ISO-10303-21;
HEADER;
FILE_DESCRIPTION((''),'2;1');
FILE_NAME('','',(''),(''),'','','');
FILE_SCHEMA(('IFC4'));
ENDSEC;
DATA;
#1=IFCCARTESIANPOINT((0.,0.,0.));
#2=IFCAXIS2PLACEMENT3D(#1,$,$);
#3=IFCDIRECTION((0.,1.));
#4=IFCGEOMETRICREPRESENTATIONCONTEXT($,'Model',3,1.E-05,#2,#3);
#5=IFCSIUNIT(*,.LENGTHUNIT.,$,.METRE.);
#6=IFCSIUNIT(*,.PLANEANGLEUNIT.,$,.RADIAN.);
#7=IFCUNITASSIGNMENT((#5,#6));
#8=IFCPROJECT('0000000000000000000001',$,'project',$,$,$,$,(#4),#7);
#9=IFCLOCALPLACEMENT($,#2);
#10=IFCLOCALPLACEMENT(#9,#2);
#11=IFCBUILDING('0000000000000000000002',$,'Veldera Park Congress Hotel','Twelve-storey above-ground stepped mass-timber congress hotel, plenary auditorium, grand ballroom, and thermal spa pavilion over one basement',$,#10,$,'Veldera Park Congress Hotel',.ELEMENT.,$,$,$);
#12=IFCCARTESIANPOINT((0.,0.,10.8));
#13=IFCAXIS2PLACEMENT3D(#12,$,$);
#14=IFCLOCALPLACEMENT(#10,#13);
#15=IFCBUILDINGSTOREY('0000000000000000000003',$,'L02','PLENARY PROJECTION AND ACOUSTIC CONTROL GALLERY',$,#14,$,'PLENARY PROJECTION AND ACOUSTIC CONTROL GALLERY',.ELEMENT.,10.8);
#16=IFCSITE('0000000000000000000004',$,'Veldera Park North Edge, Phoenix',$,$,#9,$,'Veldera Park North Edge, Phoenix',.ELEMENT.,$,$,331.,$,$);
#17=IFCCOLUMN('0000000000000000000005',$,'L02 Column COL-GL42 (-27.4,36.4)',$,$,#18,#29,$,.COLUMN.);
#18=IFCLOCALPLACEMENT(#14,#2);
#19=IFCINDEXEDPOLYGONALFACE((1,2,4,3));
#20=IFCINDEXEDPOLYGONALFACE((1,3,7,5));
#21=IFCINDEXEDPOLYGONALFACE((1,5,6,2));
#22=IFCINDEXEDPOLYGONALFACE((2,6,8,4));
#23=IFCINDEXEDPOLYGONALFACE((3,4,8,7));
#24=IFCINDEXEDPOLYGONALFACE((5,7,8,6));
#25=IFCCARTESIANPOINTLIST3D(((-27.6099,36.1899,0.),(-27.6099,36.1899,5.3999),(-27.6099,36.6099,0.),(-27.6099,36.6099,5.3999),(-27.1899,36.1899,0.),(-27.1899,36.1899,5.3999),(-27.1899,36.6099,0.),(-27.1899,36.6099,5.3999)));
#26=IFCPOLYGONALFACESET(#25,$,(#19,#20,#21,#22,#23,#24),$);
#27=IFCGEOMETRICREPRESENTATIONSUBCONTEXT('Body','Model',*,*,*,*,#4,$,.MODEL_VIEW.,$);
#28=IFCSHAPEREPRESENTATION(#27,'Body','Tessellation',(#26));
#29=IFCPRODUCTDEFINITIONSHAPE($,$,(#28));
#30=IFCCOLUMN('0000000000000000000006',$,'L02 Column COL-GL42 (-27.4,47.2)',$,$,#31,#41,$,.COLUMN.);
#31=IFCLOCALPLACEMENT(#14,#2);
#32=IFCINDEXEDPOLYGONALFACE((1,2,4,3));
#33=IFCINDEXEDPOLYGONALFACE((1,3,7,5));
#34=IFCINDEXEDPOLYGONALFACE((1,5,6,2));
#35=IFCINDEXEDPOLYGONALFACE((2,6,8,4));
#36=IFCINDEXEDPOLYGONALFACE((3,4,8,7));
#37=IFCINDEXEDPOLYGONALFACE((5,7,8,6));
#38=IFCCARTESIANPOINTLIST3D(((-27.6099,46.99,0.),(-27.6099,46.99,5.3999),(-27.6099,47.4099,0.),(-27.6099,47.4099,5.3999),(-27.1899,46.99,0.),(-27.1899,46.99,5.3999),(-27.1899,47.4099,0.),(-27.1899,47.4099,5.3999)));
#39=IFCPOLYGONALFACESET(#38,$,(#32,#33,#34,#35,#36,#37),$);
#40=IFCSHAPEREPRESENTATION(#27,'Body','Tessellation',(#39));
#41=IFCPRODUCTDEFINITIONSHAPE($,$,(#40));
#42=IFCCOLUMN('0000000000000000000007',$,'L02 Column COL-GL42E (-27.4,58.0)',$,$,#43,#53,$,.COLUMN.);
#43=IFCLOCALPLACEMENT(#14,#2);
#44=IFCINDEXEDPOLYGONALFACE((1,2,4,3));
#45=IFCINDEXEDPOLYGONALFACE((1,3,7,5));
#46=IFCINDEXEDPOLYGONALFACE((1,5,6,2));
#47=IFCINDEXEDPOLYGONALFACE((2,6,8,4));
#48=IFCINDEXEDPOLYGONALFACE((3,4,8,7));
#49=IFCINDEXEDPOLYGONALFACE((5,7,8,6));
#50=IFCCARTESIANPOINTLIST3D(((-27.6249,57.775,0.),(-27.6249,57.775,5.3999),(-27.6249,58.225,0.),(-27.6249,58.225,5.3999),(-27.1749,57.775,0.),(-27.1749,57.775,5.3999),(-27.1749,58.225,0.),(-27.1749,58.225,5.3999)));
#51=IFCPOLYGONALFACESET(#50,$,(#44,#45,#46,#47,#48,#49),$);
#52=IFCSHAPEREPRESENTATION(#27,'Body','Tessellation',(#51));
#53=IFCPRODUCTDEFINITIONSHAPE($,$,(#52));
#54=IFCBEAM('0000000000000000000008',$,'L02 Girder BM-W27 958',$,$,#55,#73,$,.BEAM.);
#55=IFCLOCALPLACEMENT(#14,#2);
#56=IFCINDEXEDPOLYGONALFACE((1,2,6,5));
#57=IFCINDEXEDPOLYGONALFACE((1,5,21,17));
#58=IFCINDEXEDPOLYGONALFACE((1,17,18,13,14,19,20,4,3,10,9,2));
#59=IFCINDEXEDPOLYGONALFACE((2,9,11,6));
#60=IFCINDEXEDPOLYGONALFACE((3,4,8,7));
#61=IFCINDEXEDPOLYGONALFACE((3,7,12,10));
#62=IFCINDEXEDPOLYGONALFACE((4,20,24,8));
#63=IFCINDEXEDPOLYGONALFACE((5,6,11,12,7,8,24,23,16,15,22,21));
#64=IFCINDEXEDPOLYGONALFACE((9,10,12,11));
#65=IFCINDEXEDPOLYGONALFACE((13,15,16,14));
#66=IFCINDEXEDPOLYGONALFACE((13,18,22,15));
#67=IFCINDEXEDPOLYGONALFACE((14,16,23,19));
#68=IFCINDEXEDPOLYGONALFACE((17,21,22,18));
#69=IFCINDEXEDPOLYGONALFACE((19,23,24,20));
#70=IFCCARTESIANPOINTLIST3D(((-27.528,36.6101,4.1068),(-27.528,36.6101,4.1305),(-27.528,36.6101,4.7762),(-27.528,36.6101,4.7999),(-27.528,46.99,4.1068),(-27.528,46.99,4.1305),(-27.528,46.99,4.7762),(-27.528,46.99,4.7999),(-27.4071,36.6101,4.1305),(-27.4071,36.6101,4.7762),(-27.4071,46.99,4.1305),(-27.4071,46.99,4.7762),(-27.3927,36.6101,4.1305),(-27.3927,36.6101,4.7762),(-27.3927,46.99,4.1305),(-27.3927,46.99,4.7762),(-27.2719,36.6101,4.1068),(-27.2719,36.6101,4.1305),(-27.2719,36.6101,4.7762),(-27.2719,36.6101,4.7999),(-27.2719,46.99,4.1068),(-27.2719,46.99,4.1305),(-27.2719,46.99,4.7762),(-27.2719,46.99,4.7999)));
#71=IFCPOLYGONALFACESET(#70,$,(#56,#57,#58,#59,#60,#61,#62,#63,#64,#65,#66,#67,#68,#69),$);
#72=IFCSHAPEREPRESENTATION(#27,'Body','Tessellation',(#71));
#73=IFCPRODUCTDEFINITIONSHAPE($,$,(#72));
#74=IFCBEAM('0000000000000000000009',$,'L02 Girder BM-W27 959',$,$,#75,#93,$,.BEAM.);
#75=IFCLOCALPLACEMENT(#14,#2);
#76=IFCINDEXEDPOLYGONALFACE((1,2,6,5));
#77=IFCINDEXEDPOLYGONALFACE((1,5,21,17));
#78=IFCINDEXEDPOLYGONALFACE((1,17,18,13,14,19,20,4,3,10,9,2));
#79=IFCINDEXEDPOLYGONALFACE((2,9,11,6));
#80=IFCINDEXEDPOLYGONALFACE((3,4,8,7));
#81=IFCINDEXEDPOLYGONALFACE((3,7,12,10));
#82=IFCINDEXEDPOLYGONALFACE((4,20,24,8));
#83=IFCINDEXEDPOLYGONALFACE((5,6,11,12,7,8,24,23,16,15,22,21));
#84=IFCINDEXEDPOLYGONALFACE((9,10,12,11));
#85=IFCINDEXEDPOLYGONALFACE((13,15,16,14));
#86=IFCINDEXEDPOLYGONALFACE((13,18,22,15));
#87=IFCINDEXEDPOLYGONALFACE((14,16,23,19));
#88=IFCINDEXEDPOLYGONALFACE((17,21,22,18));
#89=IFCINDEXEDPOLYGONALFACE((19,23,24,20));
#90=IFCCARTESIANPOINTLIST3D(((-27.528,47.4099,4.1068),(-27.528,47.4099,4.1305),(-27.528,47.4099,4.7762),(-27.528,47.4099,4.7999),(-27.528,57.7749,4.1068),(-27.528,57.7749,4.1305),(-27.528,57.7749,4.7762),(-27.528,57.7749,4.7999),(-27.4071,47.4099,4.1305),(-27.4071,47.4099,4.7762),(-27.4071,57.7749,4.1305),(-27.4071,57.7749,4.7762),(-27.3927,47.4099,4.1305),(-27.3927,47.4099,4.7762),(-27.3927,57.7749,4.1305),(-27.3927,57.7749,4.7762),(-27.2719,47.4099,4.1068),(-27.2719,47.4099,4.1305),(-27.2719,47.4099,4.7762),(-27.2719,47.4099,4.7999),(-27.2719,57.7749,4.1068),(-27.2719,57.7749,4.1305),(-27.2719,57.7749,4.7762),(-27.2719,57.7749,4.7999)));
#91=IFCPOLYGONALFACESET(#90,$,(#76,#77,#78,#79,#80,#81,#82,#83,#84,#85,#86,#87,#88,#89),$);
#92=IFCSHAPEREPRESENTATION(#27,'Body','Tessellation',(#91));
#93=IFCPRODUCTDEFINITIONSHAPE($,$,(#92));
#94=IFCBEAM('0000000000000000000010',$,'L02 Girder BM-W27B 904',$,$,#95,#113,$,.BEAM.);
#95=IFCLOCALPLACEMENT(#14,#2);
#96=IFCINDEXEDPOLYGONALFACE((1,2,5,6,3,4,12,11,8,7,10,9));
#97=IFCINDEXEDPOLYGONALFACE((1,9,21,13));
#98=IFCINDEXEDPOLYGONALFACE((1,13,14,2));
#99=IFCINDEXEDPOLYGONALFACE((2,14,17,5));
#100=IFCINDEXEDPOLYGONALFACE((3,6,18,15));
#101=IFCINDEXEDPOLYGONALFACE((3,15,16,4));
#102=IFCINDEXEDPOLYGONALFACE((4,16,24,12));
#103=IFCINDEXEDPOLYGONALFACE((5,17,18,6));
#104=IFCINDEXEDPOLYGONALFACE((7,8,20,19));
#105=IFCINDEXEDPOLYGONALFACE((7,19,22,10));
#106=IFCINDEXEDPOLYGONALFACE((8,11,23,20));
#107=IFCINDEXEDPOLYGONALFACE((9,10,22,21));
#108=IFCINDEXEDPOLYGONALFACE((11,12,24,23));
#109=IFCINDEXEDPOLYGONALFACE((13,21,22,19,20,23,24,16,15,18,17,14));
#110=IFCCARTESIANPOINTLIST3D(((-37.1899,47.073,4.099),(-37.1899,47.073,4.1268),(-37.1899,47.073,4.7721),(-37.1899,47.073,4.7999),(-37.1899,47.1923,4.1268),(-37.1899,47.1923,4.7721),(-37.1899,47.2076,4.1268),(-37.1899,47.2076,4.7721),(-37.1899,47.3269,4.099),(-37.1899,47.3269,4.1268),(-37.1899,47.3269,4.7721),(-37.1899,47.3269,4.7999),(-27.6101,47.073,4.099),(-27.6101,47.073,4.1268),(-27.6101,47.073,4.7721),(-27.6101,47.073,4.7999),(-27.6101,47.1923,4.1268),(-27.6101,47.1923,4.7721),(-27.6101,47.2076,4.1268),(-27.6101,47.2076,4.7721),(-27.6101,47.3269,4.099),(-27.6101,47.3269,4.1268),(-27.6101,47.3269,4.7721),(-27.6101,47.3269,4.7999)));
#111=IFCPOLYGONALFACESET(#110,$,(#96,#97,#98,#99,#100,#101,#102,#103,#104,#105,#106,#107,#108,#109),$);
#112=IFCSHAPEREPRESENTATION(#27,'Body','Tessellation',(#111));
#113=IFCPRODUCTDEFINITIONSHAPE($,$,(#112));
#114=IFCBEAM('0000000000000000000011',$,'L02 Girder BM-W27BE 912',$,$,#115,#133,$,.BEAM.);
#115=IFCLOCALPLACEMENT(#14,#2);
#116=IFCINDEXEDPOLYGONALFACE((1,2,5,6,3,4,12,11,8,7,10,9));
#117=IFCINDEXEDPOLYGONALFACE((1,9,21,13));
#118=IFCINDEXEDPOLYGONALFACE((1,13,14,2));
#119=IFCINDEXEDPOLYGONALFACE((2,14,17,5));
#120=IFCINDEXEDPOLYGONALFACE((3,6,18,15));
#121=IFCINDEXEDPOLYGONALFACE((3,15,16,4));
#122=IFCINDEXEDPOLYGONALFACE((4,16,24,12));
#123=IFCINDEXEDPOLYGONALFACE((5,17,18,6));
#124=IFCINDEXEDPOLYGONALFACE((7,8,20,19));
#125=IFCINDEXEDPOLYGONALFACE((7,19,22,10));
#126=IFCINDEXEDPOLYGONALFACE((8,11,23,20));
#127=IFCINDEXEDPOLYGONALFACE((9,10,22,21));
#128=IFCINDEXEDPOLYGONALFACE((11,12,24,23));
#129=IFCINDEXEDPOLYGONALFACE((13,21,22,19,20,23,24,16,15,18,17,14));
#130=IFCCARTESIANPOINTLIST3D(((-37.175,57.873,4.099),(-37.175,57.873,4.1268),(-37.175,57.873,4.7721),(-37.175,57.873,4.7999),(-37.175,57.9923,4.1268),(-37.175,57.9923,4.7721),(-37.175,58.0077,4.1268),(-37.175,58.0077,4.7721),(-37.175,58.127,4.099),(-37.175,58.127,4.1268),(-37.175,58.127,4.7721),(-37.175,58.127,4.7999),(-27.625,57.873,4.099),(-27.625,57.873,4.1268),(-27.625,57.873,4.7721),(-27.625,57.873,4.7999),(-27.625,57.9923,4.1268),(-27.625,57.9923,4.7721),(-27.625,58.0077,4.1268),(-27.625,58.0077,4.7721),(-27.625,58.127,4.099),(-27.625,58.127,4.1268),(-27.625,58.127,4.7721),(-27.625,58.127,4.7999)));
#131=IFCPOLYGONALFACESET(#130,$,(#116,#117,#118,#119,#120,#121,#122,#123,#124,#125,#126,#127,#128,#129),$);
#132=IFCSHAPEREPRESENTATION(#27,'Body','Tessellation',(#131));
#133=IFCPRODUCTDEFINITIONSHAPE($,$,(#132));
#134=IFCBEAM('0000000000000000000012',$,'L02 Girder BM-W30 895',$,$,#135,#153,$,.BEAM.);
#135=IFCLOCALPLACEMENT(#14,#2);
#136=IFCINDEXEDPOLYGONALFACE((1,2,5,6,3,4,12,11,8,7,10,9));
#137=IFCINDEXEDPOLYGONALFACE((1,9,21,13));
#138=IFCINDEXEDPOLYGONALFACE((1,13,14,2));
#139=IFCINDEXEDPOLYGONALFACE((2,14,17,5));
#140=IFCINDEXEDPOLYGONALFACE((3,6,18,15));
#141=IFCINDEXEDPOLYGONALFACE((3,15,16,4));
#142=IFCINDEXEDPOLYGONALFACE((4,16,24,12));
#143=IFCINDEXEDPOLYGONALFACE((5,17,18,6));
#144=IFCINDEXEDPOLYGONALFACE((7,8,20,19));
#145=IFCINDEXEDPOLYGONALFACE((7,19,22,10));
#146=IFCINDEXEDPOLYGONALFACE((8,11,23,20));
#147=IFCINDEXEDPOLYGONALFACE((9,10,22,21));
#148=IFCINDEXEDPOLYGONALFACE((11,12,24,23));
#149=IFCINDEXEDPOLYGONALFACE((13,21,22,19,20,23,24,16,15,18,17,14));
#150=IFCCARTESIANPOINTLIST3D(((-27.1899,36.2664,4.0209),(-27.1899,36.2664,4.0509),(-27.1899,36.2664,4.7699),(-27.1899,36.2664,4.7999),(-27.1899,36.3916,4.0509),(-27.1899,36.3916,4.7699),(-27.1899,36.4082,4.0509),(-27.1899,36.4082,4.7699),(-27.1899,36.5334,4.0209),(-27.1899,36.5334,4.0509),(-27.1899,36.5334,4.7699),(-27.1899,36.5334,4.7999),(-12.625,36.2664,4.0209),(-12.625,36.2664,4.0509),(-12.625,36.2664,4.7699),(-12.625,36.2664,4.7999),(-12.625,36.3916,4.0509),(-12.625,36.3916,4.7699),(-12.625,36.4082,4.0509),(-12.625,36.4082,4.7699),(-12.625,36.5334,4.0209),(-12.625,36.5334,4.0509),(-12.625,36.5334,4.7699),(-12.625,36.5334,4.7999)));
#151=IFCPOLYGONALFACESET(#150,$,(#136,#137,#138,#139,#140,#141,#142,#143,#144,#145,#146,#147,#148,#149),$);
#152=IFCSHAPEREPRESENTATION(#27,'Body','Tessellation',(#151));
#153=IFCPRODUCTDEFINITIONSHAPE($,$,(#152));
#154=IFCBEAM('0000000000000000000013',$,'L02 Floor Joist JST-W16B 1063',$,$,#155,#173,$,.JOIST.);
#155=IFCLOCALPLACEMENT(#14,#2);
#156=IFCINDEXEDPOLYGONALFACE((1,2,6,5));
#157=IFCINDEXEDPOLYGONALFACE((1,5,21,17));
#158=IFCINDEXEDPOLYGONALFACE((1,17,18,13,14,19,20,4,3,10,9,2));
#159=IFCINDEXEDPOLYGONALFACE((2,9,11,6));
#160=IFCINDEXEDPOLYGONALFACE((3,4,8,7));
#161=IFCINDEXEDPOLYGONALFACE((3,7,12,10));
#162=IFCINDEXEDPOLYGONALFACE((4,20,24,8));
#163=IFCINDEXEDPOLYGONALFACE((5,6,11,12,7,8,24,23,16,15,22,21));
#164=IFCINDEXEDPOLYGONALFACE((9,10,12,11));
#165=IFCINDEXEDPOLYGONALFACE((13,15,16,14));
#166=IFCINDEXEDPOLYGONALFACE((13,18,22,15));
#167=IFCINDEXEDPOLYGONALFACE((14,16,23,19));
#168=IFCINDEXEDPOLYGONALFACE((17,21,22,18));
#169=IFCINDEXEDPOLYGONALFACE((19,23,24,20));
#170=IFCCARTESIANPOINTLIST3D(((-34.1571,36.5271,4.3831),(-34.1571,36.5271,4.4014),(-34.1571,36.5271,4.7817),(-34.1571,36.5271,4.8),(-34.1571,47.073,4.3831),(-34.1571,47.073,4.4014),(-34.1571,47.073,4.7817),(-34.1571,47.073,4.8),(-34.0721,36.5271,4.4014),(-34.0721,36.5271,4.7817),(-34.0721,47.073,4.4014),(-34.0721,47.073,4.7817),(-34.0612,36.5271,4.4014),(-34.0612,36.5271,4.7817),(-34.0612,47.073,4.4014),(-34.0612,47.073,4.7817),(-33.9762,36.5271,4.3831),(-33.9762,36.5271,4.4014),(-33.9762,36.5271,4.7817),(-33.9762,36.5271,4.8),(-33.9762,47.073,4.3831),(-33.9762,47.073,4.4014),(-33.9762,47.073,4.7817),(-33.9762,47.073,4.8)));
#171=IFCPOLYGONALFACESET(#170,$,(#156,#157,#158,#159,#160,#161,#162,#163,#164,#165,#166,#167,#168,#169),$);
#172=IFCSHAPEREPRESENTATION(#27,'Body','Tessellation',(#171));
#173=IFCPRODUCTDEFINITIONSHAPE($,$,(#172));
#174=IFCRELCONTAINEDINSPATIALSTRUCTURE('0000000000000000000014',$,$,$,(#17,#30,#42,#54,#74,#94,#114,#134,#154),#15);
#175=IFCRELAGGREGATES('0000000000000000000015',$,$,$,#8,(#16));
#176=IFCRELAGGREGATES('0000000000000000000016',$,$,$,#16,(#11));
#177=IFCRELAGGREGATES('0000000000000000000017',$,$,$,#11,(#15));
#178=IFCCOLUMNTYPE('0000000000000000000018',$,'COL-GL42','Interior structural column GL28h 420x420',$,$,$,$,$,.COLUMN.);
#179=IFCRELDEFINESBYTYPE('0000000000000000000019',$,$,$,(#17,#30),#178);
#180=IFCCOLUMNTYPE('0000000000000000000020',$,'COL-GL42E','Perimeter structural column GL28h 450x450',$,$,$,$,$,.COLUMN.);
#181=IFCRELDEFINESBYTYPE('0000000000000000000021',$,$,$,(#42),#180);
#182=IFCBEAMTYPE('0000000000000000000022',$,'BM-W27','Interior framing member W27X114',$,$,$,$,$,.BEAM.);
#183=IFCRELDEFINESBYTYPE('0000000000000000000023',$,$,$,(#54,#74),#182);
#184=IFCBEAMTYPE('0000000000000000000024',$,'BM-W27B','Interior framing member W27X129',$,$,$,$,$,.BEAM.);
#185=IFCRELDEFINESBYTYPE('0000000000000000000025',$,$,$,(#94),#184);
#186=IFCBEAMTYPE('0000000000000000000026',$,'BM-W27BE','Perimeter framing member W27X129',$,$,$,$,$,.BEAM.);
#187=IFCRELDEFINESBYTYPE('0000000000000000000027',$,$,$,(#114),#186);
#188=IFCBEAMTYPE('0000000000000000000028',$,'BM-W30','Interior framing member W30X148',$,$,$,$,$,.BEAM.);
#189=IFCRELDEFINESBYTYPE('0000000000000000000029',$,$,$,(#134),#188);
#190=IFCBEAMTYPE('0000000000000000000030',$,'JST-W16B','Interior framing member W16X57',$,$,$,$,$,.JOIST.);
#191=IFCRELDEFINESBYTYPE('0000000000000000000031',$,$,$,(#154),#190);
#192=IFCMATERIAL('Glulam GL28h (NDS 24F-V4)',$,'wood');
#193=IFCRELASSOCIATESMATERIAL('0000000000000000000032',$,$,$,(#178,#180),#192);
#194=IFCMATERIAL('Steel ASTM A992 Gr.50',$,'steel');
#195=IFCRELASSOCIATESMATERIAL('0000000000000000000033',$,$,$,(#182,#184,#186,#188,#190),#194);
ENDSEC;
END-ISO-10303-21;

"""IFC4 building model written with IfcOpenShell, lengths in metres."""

from ifc_helpers import new_model, si_unit, direction, frame, origin, origin_2d, place, context, subcontext, project, spatial, rectangle, i_section, extrude, material, material_profile, profile_set, type_object, element, save


model = new_model("IFC4")

# Units and contexts
model_context = context("Model", 3, precision=1e-05, world=origin(), true_north=direction((0.0, 1.0)))
body_context = subcontext(model_context, "Body", "Model", "MODEL_VIEW")
ifc_project = project(units=[si_unit("LENGTHUNIT", "METRE"), si_unit("PLANEANGLEUNIT", "RADIAN")], contexts=[model_context])

# Site, building, storey
site_placement = place(None, origin())
site = spatial("IfcSite", under=ifc_project, at=site_placement, Name="Veldera Park North Edge, Phoenix", LongName="Veldera Park North Edge, Phoenix", CompositionType="ELEMENT", RefElevation=331.0)
building_placement = place(site_placement, origin())
building = spatial("IfcBuilding", under=site, at=building_placement, Name="Veldera Park Congress Hotel", Description="Twelve-storey above-ground stepped mass-timber congress hotel, plenary auditorium, grand ballroom, and thermal spa pavilion over one basement", LongName="Veldera Park Congress Hotel", CompositionType="ELEMENT")
storey_placement = place(building_placement, frame((0.0, 0.0, 10.8)))
storey = spatial("IfcBuildingStorey", under=building, at=storey_placement, Name="L02", Description="PLENARY PROJECTION AND ACOUSTIC CONTROL GALLERY", LongName="PLENARY PROJECTION AND ACOUSTIC CONTROL GALLERY", CompositionType="ELEMENT", Elevation=10.8)

# Columns
ifc_material_1 = material(Name="Glulam GL28h (NDS 24F-V4)", Category="wood")
ifc_material_profile_1 = material_profile(ifc_material_1, rectangle(XDim=0.4199, YDim=0.4199, at=origin_2d()), Name="GL28h 420x420")
ifc_profile_set_1 = profile_set([ifc_material_profile_1], Name="Glulam GL28h (NDS 24F-V4)")
column_type_1 = type_object("IfcColumnType", Name="COL-GL42", Description="Interior structural column GL28h 420x420", PredefinedType="COLUMN", material=ifc_profile_set_1)
for number, where, z_axis, x_axis, name in (
    (1, (-27.3999, 36.3999, 0.0), (0.0, 0.0, 1.0), (1.0, 0.0, 0.0), "L02 Column COL-GL42 (-27.4,36.4)"),
    (2, (-27.3999, 47.2, 0.0), (0.0, 0.0, 1.0), (1.0, 0.0, 0.0), "L02 Column COL-GL42 (-27.4,47.2)"),
):
    element("IfcColumn", number, at=place(storey_placement, frame(where, z_axis=z_axis, x_axis=x_axis)), inside=storey, type_object=column_type_1, Name=name, PredefinedType="COLUMN", context=body_context, shape_type="SweptSolid", body=[
        extrude(rectangle(XDim=0.4199, YDim=0.4199, at=origin_2d()), origin(), (0.0, 0.0, 1.0), 5.3999),
    ])
ifc_material_profile_2 = material_profile(ifc_material_1, rectangle(XDim=0.45, YDim=0.45, at=origin_2d()), Name="GL28h 450x450")
ifc_profile_set_2 = profile_set([ifc_material_profile_2], Name="Glulam GL28h (NDS 24F-V4)")
column_type_2 = type_object("IfcColumnType", Name="COL-GL42E", Description="Perimeter structural column GL28h 450x450", PredefinedType="COLUMN", material=ifc_profile_set_2)
column_placement = place(storey_placement, frame((-27.3999, 58.0, 0.0), z_axis=(0.0, 0.0, 1.0), x_axis=(1.0, 0.0, 0.0)))
element("IfcColumn", 3, at=column_placement, inside=storey, type_object=column_type_2, Name="L02 Column COL-GL42E (-27.4,58.0)", PredefinedType="COLUMN", context=body_context, shape_type="SweptSolid", body=[
    extrude(rectangle(XDim=0.45, YDim=0.45, at=origin_2d()), origin(), (0.0, 0.0, 1.0), 5.3999),
])

# Beams
ifc_material_2 = material(Name="Steel ASTM A992 Gr.50", Category="steel")
ifc_material_profile_3 = material_profile(ifc_material_2, i_section(OverallWidth=0.2561, OverallDepth=0.6931, WebThickness=0.0144, FlangeThickness=0.0237, at=origin_2d()), Name="W27X114")
ifc_profile_set_3 = profile_set([ifc_material_profile_3], Name="Steel ASTM A992 Gr.50")
beam_type_1 = type_object("IfcBeamType", Name="BM-W27", Description="Interior framing member W27X114", PredefinedType="BEAM", material=ifc_profile_set_3)
beam_1_placement = place(storey_placement, frame((-27.3999, 36.6101, 4.4534), z_axis=(0.0, 1.0, 0.0), x_axis=(-1.0, 0.0, 0.0)))
element("IfcBeam", 4, at=beam_1_placement, inside=storey, type_object=beam_type_1, Name="L02 Girder BM-W27 958", PredefinedType="BEAM", context=body_context, shape_type="SweptSolid", body=[
    extrude(i_section(OverallWidth=0.2561, OverallDepth=0.6931, WebThickness=0.0144, FlangeThickness=0.0237, at=origin_2d()), origin(), (0.0, 0.0, 1.0), 10.3799),
])
beam_2_placement = place(storey_placement, frame((-27.3999, 47.4099, 4.4534), z_axis=(0.0, 1.0, 0.0), x_axis=(-1.0, 0.0, 0.0)))
element("IfcBeam", 5, at=beam_2_placement, inside=storey, type_object=beam_type_1, Name="L02 Girder BM-W27 959", PredefinedType="BEAM", context=body_context, shape_type="SweptSolid", body=[
    extrude(i_section(OverallWidth=0.2561, OverallDepth=0.6931, WebThickness=0.0144, FlangeThickness=0.0237, at=origin_2d()), origin(), (0.0, 0.0, 1.0), 10.365),
])
ifc_material_profile_4 = material_profile(ifc_material_2, i_section(OverallWidth=0.2539, OverallDepth=0.7009, WebThickness=0.0154, FlangeThickness=0.0278, at=origin_2d()), Name="W27X129")
ifc_profile_set_4 = profile_set([ifc_material_profile_4], Name="Steel ASTM A992 Gr.50")
beam_type_2 = type_object("IfcBeamType", Name="BM-W27B", Description="Interior framing member W27X129", PredefinedType="BEAM", material=ifc_profile_set_4)
beam_3_placement = place(storey_placement, frame((-37.1899, 47.2, 4.4495), z_axis=(1.0, 0.0, 0.0), x_axis=(0.0, 1.0, 0.0)))
element("IfcBeam", 6, at=beam_3_placement, inside=storey, type_object=beam_type_2, Name="L02 Girder BM-W27B 904", PredefinedType="BEAM", context=body_context, shape_type="SweptSolid", body=[
    extrude(i_section(OverallWidth=0.2539, OverallDepth=0.7009, WebThickness=0.0154, FlangeThickness=0.0278, at=origin_2d()), origin(), (0.0, 0.0, 1.0), 9.5798),
])
ifc_material_profile_5 = material_profile(ifc_material_2, i_section(OverallWidth=0.2539, OverallDepth=0.7009, WebThickness=0.0154, FlangeThickness=0.0278, at=origin_2d()), Name="W27X129")
ifc_profile_set_5 = profile_set([ifc_material_profile_5], Name="Steel ASTM A992 Gr.50")
beam_type_3 = type_object("IfcBeamType", Name="BM-W27BE", Description="Perimeter framing member W27X129", PredefinedType="BEAM", material=ifc_profile_set_5)
beam_4_placement = place(storey_placement, frame((-37.175, 58.0, 4.4495), z_axis=(1.0, 0.0, 0.0), x_axis=(0.0, 1.0, 0.0)))
element("IfcBeam", 7, at=beam_4_placement, inside=storey, type_object=beam_type_3, Name="L02 Girder BM-W27BE 912", PredefinedType="BEAM", context=body_context, shape_type="SweptSolid", body=[
    extrude(i_section(OverallWidth=0.2539, OverallDepth=0.7009, WebThickness=0.0154, FlangeThickness=0.0278, at=origin_2d()), origin(), (0.0, 0.0, 1.0), 9.55),
])
ifc_material_profile_6 = material_profile(ifc_material_2, i_section(OverallWidth=0.2671, OverallDepth=0.7791, WebThickness=0.0166, FlangeThickness=0.03, at=origin_2d()), Name="W30X148")
ifc_profile_set_6 = profile_set([ifc_material_profile_6], Name="Steel ASTM A992 Gr.50")
beam_type_4 = type_object("IfcBeamType", Name="BM-W30", Description="Interior framing member W30X148", PredefinedType="BEAM", material=ifc_profile_set_6)
beam_5_placement = place(storey_placement, frame((-27.1899, 36.3999, 4.4104), z_axis=(1.0, 0.0, 0.0), x_axis=(0.0, 1.0, 0.0)))
element("IfcBeam", 8, at=beam_5_placement, inside=storey, type_object=beam_type_4, Name="L02 Girder BM-W30 895", PredefinedType="BEAM", context=body_context, shape_type="SweptSolid", body=[
    extrude(i_section(OverallWidth=0.2671, OverallDepth=0.7791, WebThickness=0.0166, FlangeThickness=0.03, at=origin_2d()), origin(), (0.0, 0.0, 1.0), 14.5649),
])
ifc_material_profile_7 = material_profile(ifc_material_2, i_section(OverallWidth=0.1809, OverallDepth=0.417, WebThickness=0.011, FlangeThickness=0.0183, at=origin_2d()), Name="W16X57")
ifc_profile_set_7 = profile_set([ifc_material_profile_7], Name="Steel ASTM A992 Gr.50")
beam_type_5 = type_object("IfcBeamType", Name="JST-W16B", Description="Interior framing member W16X57", PredefinedType="JOIST", material=ifc_profile_set_7)
for number, where, z_axis, x_axis, name in (
    (9, (-34.0667, 36.5271, 4.5916), (0.0, 1.0, 0.0), (-1.0, 0.0, 0.0), "L02 Floor Joist JST-W16B 1063"),
):
    element("IfcBeam", number, at=place(storey_placement, frame(where, z_axis=z_axis, x_axis=x_axis)), inside=storey, type_object=beam_type_5, Name=name, PredefinedType="JOIST", context=body_context, shape_type="SweptSolid", body=[
        extrude(i_section(OverallWidth=0.1809, OverallDepth=0.417, WebThickness=0.011, FlangeThickness=0.0183, at=origin_2d()), origin(), (0.0, 0.0, 1.0), 10.5459),
    ])

save(model, "model.ifc")
